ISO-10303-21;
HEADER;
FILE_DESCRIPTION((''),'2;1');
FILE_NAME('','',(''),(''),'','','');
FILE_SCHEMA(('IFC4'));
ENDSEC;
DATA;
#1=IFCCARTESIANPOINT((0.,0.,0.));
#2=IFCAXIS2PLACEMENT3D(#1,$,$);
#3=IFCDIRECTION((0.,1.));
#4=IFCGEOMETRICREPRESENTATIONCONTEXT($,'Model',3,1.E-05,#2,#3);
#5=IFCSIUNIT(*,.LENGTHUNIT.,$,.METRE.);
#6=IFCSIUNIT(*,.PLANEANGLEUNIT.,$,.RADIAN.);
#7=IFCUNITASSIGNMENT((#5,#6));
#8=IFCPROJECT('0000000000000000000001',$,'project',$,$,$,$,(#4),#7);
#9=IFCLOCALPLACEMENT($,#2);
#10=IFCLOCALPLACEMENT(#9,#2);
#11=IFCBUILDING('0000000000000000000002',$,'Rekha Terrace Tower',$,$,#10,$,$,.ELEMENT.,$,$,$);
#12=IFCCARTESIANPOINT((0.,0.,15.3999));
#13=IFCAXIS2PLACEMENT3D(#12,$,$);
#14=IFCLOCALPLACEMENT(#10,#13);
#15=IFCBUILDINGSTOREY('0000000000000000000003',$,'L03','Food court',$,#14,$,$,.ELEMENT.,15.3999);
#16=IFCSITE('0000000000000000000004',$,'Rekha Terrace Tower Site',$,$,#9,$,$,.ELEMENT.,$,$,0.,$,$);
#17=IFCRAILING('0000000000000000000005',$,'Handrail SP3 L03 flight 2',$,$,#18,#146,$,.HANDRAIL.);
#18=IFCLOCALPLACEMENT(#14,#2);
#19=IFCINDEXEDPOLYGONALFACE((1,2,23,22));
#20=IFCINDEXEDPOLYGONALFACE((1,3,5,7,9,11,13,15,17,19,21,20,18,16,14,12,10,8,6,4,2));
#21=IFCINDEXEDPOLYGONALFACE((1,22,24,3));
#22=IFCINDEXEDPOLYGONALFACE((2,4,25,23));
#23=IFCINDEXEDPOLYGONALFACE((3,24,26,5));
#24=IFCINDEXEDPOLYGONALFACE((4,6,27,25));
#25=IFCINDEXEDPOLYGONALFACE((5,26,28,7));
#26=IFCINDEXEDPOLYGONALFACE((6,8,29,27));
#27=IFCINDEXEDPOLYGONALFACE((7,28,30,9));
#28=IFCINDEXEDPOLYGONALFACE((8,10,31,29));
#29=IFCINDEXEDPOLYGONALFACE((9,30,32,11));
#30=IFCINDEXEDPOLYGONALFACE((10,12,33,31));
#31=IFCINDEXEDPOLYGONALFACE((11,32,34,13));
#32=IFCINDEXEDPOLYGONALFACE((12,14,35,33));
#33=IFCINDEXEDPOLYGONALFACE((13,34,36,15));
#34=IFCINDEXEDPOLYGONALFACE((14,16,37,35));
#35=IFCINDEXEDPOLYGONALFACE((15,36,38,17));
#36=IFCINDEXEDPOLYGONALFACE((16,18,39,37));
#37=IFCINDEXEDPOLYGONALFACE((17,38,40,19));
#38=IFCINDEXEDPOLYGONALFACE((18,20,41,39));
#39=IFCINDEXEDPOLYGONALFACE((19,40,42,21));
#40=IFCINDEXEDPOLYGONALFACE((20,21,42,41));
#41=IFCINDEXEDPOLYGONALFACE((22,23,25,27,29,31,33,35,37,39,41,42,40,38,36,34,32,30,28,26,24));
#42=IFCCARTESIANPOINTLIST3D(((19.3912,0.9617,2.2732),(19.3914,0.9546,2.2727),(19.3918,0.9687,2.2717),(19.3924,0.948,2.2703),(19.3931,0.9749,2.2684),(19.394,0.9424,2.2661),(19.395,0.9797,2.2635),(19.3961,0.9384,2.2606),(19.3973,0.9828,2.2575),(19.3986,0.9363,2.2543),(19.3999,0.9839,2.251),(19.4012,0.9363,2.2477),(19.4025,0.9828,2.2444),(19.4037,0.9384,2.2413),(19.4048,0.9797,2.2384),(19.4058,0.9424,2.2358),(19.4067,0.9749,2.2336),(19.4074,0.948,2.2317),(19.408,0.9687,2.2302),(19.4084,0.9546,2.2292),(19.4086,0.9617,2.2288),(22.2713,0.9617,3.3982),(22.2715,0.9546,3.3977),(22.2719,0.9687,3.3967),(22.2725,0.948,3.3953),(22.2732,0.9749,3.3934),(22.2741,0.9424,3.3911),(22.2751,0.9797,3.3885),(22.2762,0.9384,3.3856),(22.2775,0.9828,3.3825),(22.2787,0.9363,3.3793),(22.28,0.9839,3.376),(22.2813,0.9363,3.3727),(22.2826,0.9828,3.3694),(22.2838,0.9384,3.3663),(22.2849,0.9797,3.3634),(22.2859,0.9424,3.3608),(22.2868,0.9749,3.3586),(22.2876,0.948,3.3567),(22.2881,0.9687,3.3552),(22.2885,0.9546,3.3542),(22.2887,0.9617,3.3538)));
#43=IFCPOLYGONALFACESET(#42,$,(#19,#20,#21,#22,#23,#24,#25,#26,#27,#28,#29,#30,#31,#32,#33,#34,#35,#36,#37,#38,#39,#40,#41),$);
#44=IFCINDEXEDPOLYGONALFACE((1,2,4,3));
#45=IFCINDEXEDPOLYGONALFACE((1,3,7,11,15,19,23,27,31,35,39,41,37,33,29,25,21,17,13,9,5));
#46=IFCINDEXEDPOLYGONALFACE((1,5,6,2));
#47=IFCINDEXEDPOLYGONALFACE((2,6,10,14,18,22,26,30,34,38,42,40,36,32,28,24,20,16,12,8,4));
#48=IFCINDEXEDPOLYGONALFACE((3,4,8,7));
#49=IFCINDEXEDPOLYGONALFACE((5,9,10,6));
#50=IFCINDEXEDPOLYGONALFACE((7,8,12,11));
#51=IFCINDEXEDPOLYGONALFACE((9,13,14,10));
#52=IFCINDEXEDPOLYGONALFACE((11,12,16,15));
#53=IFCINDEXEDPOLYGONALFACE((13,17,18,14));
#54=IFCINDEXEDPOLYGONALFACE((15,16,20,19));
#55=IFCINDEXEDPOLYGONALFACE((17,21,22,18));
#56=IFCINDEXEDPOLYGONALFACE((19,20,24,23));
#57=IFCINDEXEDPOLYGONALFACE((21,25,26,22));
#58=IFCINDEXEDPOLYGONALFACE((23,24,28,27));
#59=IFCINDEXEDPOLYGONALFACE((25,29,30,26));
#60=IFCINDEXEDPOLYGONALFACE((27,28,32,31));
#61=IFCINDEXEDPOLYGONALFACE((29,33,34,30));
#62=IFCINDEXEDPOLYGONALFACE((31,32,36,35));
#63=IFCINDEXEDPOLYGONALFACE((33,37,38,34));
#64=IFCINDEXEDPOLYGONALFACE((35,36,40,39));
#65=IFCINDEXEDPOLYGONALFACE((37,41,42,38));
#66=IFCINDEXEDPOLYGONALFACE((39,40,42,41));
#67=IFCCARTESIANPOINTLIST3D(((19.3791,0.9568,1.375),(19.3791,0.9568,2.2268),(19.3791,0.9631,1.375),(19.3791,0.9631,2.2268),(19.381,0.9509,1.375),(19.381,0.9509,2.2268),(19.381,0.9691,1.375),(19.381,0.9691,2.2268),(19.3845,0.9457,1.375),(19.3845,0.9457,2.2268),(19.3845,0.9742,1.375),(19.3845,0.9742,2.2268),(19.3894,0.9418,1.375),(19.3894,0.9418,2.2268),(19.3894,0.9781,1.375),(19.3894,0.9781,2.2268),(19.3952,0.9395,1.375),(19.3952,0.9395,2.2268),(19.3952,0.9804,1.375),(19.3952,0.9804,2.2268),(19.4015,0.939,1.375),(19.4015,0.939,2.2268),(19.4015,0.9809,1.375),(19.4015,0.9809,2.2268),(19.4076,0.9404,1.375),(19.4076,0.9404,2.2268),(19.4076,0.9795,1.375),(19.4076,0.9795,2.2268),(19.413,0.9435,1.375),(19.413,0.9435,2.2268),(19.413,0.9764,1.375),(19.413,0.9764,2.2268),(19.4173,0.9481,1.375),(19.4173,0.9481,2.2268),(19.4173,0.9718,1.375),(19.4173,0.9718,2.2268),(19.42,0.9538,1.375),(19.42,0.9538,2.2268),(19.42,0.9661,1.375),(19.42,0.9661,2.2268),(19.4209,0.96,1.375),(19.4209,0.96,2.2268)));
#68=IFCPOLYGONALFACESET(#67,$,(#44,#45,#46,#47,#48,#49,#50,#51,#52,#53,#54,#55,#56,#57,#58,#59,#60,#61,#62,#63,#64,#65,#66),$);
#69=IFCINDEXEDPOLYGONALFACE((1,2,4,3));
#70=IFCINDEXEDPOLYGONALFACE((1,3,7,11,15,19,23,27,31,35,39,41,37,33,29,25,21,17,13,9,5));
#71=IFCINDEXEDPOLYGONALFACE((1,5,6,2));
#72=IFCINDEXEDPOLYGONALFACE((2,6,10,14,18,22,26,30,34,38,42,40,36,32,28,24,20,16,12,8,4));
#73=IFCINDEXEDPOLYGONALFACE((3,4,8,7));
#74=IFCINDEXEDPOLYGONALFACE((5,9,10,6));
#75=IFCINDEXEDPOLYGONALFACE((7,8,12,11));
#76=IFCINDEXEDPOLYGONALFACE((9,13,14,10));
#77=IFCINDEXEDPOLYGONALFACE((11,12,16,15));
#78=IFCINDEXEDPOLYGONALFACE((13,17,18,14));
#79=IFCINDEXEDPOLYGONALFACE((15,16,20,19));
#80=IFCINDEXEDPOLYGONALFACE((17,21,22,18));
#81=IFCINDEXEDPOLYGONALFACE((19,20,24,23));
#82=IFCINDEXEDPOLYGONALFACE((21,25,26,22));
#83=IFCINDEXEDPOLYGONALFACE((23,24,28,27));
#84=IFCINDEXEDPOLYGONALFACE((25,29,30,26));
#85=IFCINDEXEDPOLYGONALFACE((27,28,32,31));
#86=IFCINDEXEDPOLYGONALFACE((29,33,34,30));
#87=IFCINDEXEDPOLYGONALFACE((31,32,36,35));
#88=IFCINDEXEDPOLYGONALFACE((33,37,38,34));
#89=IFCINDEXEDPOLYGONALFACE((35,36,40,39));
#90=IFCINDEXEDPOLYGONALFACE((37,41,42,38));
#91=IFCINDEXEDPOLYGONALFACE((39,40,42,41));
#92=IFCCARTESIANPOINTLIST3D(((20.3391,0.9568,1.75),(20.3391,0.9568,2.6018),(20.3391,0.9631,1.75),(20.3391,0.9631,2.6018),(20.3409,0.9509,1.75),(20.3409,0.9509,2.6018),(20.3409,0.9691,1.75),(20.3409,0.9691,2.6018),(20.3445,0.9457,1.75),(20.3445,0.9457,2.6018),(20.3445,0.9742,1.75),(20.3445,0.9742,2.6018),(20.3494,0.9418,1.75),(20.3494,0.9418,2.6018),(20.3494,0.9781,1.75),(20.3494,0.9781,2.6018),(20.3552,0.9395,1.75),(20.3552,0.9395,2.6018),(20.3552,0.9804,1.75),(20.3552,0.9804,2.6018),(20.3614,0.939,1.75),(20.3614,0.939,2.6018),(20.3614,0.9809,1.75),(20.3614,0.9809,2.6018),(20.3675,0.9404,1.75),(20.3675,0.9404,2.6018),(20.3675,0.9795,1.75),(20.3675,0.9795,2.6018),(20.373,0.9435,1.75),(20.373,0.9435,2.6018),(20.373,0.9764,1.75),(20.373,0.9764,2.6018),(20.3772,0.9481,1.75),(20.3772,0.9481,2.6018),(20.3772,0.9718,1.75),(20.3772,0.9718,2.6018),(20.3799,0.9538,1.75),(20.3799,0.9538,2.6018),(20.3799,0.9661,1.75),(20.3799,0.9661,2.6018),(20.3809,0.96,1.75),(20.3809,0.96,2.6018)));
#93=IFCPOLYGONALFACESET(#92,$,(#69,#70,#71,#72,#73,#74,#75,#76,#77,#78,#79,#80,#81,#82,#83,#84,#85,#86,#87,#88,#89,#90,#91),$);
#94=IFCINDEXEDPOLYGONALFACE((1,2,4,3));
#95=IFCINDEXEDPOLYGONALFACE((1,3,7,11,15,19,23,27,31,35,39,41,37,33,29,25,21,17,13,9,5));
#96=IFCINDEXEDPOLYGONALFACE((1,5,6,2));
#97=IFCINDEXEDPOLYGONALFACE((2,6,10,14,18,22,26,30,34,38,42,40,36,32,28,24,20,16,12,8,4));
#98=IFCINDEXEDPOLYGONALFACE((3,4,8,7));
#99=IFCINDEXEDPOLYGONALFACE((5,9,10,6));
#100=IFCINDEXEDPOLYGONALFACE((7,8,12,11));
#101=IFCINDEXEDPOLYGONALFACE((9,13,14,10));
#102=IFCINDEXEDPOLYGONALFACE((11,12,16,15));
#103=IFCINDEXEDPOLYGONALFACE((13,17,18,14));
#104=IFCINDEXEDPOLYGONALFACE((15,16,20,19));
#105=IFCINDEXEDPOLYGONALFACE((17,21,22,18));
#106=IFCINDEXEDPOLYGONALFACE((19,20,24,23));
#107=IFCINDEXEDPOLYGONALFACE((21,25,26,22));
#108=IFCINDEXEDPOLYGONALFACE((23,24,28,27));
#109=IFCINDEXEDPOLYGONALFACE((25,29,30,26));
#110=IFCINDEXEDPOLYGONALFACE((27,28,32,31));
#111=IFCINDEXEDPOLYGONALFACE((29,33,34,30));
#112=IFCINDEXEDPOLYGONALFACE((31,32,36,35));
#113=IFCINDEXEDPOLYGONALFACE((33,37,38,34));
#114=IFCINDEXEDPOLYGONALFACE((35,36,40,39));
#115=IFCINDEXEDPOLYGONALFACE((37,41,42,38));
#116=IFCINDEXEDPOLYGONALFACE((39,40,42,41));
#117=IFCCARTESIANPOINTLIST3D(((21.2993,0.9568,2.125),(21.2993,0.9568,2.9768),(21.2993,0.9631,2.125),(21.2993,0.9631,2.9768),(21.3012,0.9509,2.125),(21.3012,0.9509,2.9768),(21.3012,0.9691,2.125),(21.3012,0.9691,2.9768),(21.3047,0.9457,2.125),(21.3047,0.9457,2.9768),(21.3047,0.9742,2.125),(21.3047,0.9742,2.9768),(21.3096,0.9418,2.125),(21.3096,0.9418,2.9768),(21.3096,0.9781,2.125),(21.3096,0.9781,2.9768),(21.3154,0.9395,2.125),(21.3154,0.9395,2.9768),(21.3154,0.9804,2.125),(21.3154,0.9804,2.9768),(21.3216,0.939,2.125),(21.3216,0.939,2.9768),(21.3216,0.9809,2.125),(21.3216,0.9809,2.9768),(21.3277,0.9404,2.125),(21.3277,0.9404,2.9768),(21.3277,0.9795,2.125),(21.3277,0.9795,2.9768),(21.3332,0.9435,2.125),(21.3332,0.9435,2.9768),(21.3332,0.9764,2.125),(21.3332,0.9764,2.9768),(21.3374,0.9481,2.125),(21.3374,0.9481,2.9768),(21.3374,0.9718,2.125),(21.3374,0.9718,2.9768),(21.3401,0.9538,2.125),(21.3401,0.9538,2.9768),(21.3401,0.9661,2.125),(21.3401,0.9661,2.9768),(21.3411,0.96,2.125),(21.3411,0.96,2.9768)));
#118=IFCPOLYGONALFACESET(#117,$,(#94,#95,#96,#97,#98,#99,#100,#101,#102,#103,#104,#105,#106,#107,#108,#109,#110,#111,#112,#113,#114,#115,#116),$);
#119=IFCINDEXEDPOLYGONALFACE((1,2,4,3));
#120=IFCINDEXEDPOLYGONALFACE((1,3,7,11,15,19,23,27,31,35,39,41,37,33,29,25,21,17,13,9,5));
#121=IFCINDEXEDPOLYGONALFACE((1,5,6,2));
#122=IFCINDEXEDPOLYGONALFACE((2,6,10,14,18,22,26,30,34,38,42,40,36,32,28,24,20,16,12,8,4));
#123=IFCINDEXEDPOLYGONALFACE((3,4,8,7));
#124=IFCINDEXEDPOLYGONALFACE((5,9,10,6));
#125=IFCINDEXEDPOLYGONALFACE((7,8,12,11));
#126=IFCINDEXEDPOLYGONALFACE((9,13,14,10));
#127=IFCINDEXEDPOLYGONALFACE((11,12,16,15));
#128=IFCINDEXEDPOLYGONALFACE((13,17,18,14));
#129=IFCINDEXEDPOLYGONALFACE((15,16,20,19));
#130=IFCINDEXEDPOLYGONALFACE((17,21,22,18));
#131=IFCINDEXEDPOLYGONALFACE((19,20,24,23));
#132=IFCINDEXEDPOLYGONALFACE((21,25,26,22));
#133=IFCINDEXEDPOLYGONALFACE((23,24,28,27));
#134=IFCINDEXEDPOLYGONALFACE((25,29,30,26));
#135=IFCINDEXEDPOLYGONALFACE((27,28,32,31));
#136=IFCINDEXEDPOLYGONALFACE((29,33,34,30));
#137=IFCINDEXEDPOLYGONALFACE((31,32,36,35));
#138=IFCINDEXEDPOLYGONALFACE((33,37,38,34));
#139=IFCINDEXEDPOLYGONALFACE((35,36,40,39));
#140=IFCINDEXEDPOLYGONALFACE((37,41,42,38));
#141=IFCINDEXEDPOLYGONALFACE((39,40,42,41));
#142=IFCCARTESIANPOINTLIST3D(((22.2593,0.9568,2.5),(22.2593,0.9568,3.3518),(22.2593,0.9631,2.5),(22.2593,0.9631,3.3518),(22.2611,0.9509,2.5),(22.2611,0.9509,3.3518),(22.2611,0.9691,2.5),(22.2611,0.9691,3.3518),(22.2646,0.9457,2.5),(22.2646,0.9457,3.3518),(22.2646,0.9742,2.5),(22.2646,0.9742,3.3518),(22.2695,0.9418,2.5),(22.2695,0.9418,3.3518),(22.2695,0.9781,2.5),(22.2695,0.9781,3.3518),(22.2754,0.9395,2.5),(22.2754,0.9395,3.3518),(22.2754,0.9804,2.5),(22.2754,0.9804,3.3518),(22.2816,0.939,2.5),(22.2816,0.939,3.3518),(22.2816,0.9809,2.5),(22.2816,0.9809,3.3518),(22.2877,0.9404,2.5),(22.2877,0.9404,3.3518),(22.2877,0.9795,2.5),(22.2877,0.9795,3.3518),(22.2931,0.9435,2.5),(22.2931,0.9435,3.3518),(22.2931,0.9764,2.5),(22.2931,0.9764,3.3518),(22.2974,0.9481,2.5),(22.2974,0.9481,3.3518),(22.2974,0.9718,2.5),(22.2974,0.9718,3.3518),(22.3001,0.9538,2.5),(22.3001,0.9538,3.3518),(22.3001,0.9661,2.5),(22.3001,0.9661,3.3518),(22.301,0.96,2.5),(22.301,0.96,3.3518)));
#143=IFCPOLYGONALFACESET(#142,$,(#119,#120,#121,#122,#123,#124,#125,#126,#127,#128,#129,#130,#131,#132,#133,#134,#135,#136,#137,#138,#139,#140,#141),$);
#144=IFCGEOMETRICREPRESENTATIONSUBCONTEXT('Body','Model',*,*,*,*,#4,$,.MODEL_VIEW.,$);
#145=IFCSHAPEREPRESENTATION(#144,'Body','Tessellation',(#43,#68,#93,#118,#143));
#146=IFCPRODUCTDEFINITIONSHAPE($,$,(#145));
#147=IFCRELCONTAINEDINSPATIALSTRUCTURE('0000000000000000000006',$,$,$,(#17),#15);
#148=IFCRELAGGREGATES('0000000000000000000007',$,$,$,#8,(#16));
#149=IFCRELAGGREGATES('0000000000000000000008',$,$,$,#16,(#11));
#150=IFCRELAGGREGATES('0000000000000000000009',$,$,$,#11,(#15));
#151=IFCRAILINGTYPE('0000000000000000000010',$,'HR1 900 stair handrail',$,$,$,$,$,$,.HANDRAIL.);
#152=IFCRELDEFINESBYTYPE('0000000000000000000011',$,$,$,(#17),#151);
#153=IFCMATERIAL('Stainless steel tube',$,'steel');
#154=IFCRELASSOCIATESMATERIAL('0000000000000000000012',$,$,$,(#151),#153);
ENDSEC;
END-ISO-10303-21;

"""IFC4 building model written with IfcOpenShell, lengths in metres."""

from ifc_helpers import new_model, si_unit, direction, frame, origin, origin_2d, place, context, subcontext, project, spatial, circle, extrude, material, type_object, element, save


model = new_model("IFC4")

# Units and contexts
model_context = context("Model", 3, precision=1e-05, world=origin(), true_north=direction((0.0, 1.0)))
body_context = subcontext(model_context, "Body", "Model", "MODEL_VIEW")
ifc_project = project(units=[si_unit("LENGTHUNIT", "METRE"), si_unit("PLANEANGLEUNIT", "RADIAN")], contexts=[model_context])

# Site, building, storey
site_placement = place(None, origin())
site = spatial("IfcSite", under=ifc_project, at=site_placement, Name="Rekha Terrace Tower Site", CompositionType="ELEMENT", RefElevation=0.0)
building_placement = place(site_placement, origin())
building = spatial("IfcBuilding", under=site, at=building_placement, Name="Rekha Terrace Tower", CompositionType="ELEMENT")
storey_placement = place(building_placement, frame((0.0, 0.0, 15.3999)))
storey = spatial("IfcBuildingStorey", under=building, at=storey_placement, Name="L03", Description="Food court", CompositionType="ELEMENT", Elevation=15.3999)

# Railing
ifc_material_1 = material(Name="Stainless steel tube", Category="steel")
railing_type_1 = type_object("IfcRailingType", Name="HR1 900 stair handrail", PredefinedType="HANDRAIL", material=ifc_material_1)
railing_1_placement = place(storey_placement, frame((19.3999, 0.96, 1.375)))
element("IfcRailing", 1, at=railing_1_placement, inside=storey, type_object=railing_type_1, Name="Handrail SP3 L03 flight 2", PredefinedType="HANDRAIL", context=body_context, shape_type="SweptSolid", body=[
    extrude(circle(Radius=0.0239, at=origin_2d()), frame((0.0, 0.0, 0.876), z_axis=(0.931463, 0.0, 0.363837), x_axis=(0.0, 1.0, 0.0)), (0.0, 0.0, 1.0), 3.092),
    extrude(circle(Radius=0.021, at=origin_2d()), origin(), (0.0, 0.0, 1.0), 0.8518),
    extrude(circle(Radius=0.021, at=origin_2d()), frame((0.96, 0.0, 0.375)), (0.0, 0.0, 1.0), 0.8518),
    extrude(circle(Radius=0.021, at=origin_2d()), frame((1.9202, 0.0, 0.75)), (0.0, 0.0, 1.0), 0.8518),
    extrude(circle(Radius=0.021, at=origin_2d()), frame((2.8801, 0.0, 1.125)), (0.0, 0.0, 1.0), 0.8518),
])

save(model, "model.ifc")
